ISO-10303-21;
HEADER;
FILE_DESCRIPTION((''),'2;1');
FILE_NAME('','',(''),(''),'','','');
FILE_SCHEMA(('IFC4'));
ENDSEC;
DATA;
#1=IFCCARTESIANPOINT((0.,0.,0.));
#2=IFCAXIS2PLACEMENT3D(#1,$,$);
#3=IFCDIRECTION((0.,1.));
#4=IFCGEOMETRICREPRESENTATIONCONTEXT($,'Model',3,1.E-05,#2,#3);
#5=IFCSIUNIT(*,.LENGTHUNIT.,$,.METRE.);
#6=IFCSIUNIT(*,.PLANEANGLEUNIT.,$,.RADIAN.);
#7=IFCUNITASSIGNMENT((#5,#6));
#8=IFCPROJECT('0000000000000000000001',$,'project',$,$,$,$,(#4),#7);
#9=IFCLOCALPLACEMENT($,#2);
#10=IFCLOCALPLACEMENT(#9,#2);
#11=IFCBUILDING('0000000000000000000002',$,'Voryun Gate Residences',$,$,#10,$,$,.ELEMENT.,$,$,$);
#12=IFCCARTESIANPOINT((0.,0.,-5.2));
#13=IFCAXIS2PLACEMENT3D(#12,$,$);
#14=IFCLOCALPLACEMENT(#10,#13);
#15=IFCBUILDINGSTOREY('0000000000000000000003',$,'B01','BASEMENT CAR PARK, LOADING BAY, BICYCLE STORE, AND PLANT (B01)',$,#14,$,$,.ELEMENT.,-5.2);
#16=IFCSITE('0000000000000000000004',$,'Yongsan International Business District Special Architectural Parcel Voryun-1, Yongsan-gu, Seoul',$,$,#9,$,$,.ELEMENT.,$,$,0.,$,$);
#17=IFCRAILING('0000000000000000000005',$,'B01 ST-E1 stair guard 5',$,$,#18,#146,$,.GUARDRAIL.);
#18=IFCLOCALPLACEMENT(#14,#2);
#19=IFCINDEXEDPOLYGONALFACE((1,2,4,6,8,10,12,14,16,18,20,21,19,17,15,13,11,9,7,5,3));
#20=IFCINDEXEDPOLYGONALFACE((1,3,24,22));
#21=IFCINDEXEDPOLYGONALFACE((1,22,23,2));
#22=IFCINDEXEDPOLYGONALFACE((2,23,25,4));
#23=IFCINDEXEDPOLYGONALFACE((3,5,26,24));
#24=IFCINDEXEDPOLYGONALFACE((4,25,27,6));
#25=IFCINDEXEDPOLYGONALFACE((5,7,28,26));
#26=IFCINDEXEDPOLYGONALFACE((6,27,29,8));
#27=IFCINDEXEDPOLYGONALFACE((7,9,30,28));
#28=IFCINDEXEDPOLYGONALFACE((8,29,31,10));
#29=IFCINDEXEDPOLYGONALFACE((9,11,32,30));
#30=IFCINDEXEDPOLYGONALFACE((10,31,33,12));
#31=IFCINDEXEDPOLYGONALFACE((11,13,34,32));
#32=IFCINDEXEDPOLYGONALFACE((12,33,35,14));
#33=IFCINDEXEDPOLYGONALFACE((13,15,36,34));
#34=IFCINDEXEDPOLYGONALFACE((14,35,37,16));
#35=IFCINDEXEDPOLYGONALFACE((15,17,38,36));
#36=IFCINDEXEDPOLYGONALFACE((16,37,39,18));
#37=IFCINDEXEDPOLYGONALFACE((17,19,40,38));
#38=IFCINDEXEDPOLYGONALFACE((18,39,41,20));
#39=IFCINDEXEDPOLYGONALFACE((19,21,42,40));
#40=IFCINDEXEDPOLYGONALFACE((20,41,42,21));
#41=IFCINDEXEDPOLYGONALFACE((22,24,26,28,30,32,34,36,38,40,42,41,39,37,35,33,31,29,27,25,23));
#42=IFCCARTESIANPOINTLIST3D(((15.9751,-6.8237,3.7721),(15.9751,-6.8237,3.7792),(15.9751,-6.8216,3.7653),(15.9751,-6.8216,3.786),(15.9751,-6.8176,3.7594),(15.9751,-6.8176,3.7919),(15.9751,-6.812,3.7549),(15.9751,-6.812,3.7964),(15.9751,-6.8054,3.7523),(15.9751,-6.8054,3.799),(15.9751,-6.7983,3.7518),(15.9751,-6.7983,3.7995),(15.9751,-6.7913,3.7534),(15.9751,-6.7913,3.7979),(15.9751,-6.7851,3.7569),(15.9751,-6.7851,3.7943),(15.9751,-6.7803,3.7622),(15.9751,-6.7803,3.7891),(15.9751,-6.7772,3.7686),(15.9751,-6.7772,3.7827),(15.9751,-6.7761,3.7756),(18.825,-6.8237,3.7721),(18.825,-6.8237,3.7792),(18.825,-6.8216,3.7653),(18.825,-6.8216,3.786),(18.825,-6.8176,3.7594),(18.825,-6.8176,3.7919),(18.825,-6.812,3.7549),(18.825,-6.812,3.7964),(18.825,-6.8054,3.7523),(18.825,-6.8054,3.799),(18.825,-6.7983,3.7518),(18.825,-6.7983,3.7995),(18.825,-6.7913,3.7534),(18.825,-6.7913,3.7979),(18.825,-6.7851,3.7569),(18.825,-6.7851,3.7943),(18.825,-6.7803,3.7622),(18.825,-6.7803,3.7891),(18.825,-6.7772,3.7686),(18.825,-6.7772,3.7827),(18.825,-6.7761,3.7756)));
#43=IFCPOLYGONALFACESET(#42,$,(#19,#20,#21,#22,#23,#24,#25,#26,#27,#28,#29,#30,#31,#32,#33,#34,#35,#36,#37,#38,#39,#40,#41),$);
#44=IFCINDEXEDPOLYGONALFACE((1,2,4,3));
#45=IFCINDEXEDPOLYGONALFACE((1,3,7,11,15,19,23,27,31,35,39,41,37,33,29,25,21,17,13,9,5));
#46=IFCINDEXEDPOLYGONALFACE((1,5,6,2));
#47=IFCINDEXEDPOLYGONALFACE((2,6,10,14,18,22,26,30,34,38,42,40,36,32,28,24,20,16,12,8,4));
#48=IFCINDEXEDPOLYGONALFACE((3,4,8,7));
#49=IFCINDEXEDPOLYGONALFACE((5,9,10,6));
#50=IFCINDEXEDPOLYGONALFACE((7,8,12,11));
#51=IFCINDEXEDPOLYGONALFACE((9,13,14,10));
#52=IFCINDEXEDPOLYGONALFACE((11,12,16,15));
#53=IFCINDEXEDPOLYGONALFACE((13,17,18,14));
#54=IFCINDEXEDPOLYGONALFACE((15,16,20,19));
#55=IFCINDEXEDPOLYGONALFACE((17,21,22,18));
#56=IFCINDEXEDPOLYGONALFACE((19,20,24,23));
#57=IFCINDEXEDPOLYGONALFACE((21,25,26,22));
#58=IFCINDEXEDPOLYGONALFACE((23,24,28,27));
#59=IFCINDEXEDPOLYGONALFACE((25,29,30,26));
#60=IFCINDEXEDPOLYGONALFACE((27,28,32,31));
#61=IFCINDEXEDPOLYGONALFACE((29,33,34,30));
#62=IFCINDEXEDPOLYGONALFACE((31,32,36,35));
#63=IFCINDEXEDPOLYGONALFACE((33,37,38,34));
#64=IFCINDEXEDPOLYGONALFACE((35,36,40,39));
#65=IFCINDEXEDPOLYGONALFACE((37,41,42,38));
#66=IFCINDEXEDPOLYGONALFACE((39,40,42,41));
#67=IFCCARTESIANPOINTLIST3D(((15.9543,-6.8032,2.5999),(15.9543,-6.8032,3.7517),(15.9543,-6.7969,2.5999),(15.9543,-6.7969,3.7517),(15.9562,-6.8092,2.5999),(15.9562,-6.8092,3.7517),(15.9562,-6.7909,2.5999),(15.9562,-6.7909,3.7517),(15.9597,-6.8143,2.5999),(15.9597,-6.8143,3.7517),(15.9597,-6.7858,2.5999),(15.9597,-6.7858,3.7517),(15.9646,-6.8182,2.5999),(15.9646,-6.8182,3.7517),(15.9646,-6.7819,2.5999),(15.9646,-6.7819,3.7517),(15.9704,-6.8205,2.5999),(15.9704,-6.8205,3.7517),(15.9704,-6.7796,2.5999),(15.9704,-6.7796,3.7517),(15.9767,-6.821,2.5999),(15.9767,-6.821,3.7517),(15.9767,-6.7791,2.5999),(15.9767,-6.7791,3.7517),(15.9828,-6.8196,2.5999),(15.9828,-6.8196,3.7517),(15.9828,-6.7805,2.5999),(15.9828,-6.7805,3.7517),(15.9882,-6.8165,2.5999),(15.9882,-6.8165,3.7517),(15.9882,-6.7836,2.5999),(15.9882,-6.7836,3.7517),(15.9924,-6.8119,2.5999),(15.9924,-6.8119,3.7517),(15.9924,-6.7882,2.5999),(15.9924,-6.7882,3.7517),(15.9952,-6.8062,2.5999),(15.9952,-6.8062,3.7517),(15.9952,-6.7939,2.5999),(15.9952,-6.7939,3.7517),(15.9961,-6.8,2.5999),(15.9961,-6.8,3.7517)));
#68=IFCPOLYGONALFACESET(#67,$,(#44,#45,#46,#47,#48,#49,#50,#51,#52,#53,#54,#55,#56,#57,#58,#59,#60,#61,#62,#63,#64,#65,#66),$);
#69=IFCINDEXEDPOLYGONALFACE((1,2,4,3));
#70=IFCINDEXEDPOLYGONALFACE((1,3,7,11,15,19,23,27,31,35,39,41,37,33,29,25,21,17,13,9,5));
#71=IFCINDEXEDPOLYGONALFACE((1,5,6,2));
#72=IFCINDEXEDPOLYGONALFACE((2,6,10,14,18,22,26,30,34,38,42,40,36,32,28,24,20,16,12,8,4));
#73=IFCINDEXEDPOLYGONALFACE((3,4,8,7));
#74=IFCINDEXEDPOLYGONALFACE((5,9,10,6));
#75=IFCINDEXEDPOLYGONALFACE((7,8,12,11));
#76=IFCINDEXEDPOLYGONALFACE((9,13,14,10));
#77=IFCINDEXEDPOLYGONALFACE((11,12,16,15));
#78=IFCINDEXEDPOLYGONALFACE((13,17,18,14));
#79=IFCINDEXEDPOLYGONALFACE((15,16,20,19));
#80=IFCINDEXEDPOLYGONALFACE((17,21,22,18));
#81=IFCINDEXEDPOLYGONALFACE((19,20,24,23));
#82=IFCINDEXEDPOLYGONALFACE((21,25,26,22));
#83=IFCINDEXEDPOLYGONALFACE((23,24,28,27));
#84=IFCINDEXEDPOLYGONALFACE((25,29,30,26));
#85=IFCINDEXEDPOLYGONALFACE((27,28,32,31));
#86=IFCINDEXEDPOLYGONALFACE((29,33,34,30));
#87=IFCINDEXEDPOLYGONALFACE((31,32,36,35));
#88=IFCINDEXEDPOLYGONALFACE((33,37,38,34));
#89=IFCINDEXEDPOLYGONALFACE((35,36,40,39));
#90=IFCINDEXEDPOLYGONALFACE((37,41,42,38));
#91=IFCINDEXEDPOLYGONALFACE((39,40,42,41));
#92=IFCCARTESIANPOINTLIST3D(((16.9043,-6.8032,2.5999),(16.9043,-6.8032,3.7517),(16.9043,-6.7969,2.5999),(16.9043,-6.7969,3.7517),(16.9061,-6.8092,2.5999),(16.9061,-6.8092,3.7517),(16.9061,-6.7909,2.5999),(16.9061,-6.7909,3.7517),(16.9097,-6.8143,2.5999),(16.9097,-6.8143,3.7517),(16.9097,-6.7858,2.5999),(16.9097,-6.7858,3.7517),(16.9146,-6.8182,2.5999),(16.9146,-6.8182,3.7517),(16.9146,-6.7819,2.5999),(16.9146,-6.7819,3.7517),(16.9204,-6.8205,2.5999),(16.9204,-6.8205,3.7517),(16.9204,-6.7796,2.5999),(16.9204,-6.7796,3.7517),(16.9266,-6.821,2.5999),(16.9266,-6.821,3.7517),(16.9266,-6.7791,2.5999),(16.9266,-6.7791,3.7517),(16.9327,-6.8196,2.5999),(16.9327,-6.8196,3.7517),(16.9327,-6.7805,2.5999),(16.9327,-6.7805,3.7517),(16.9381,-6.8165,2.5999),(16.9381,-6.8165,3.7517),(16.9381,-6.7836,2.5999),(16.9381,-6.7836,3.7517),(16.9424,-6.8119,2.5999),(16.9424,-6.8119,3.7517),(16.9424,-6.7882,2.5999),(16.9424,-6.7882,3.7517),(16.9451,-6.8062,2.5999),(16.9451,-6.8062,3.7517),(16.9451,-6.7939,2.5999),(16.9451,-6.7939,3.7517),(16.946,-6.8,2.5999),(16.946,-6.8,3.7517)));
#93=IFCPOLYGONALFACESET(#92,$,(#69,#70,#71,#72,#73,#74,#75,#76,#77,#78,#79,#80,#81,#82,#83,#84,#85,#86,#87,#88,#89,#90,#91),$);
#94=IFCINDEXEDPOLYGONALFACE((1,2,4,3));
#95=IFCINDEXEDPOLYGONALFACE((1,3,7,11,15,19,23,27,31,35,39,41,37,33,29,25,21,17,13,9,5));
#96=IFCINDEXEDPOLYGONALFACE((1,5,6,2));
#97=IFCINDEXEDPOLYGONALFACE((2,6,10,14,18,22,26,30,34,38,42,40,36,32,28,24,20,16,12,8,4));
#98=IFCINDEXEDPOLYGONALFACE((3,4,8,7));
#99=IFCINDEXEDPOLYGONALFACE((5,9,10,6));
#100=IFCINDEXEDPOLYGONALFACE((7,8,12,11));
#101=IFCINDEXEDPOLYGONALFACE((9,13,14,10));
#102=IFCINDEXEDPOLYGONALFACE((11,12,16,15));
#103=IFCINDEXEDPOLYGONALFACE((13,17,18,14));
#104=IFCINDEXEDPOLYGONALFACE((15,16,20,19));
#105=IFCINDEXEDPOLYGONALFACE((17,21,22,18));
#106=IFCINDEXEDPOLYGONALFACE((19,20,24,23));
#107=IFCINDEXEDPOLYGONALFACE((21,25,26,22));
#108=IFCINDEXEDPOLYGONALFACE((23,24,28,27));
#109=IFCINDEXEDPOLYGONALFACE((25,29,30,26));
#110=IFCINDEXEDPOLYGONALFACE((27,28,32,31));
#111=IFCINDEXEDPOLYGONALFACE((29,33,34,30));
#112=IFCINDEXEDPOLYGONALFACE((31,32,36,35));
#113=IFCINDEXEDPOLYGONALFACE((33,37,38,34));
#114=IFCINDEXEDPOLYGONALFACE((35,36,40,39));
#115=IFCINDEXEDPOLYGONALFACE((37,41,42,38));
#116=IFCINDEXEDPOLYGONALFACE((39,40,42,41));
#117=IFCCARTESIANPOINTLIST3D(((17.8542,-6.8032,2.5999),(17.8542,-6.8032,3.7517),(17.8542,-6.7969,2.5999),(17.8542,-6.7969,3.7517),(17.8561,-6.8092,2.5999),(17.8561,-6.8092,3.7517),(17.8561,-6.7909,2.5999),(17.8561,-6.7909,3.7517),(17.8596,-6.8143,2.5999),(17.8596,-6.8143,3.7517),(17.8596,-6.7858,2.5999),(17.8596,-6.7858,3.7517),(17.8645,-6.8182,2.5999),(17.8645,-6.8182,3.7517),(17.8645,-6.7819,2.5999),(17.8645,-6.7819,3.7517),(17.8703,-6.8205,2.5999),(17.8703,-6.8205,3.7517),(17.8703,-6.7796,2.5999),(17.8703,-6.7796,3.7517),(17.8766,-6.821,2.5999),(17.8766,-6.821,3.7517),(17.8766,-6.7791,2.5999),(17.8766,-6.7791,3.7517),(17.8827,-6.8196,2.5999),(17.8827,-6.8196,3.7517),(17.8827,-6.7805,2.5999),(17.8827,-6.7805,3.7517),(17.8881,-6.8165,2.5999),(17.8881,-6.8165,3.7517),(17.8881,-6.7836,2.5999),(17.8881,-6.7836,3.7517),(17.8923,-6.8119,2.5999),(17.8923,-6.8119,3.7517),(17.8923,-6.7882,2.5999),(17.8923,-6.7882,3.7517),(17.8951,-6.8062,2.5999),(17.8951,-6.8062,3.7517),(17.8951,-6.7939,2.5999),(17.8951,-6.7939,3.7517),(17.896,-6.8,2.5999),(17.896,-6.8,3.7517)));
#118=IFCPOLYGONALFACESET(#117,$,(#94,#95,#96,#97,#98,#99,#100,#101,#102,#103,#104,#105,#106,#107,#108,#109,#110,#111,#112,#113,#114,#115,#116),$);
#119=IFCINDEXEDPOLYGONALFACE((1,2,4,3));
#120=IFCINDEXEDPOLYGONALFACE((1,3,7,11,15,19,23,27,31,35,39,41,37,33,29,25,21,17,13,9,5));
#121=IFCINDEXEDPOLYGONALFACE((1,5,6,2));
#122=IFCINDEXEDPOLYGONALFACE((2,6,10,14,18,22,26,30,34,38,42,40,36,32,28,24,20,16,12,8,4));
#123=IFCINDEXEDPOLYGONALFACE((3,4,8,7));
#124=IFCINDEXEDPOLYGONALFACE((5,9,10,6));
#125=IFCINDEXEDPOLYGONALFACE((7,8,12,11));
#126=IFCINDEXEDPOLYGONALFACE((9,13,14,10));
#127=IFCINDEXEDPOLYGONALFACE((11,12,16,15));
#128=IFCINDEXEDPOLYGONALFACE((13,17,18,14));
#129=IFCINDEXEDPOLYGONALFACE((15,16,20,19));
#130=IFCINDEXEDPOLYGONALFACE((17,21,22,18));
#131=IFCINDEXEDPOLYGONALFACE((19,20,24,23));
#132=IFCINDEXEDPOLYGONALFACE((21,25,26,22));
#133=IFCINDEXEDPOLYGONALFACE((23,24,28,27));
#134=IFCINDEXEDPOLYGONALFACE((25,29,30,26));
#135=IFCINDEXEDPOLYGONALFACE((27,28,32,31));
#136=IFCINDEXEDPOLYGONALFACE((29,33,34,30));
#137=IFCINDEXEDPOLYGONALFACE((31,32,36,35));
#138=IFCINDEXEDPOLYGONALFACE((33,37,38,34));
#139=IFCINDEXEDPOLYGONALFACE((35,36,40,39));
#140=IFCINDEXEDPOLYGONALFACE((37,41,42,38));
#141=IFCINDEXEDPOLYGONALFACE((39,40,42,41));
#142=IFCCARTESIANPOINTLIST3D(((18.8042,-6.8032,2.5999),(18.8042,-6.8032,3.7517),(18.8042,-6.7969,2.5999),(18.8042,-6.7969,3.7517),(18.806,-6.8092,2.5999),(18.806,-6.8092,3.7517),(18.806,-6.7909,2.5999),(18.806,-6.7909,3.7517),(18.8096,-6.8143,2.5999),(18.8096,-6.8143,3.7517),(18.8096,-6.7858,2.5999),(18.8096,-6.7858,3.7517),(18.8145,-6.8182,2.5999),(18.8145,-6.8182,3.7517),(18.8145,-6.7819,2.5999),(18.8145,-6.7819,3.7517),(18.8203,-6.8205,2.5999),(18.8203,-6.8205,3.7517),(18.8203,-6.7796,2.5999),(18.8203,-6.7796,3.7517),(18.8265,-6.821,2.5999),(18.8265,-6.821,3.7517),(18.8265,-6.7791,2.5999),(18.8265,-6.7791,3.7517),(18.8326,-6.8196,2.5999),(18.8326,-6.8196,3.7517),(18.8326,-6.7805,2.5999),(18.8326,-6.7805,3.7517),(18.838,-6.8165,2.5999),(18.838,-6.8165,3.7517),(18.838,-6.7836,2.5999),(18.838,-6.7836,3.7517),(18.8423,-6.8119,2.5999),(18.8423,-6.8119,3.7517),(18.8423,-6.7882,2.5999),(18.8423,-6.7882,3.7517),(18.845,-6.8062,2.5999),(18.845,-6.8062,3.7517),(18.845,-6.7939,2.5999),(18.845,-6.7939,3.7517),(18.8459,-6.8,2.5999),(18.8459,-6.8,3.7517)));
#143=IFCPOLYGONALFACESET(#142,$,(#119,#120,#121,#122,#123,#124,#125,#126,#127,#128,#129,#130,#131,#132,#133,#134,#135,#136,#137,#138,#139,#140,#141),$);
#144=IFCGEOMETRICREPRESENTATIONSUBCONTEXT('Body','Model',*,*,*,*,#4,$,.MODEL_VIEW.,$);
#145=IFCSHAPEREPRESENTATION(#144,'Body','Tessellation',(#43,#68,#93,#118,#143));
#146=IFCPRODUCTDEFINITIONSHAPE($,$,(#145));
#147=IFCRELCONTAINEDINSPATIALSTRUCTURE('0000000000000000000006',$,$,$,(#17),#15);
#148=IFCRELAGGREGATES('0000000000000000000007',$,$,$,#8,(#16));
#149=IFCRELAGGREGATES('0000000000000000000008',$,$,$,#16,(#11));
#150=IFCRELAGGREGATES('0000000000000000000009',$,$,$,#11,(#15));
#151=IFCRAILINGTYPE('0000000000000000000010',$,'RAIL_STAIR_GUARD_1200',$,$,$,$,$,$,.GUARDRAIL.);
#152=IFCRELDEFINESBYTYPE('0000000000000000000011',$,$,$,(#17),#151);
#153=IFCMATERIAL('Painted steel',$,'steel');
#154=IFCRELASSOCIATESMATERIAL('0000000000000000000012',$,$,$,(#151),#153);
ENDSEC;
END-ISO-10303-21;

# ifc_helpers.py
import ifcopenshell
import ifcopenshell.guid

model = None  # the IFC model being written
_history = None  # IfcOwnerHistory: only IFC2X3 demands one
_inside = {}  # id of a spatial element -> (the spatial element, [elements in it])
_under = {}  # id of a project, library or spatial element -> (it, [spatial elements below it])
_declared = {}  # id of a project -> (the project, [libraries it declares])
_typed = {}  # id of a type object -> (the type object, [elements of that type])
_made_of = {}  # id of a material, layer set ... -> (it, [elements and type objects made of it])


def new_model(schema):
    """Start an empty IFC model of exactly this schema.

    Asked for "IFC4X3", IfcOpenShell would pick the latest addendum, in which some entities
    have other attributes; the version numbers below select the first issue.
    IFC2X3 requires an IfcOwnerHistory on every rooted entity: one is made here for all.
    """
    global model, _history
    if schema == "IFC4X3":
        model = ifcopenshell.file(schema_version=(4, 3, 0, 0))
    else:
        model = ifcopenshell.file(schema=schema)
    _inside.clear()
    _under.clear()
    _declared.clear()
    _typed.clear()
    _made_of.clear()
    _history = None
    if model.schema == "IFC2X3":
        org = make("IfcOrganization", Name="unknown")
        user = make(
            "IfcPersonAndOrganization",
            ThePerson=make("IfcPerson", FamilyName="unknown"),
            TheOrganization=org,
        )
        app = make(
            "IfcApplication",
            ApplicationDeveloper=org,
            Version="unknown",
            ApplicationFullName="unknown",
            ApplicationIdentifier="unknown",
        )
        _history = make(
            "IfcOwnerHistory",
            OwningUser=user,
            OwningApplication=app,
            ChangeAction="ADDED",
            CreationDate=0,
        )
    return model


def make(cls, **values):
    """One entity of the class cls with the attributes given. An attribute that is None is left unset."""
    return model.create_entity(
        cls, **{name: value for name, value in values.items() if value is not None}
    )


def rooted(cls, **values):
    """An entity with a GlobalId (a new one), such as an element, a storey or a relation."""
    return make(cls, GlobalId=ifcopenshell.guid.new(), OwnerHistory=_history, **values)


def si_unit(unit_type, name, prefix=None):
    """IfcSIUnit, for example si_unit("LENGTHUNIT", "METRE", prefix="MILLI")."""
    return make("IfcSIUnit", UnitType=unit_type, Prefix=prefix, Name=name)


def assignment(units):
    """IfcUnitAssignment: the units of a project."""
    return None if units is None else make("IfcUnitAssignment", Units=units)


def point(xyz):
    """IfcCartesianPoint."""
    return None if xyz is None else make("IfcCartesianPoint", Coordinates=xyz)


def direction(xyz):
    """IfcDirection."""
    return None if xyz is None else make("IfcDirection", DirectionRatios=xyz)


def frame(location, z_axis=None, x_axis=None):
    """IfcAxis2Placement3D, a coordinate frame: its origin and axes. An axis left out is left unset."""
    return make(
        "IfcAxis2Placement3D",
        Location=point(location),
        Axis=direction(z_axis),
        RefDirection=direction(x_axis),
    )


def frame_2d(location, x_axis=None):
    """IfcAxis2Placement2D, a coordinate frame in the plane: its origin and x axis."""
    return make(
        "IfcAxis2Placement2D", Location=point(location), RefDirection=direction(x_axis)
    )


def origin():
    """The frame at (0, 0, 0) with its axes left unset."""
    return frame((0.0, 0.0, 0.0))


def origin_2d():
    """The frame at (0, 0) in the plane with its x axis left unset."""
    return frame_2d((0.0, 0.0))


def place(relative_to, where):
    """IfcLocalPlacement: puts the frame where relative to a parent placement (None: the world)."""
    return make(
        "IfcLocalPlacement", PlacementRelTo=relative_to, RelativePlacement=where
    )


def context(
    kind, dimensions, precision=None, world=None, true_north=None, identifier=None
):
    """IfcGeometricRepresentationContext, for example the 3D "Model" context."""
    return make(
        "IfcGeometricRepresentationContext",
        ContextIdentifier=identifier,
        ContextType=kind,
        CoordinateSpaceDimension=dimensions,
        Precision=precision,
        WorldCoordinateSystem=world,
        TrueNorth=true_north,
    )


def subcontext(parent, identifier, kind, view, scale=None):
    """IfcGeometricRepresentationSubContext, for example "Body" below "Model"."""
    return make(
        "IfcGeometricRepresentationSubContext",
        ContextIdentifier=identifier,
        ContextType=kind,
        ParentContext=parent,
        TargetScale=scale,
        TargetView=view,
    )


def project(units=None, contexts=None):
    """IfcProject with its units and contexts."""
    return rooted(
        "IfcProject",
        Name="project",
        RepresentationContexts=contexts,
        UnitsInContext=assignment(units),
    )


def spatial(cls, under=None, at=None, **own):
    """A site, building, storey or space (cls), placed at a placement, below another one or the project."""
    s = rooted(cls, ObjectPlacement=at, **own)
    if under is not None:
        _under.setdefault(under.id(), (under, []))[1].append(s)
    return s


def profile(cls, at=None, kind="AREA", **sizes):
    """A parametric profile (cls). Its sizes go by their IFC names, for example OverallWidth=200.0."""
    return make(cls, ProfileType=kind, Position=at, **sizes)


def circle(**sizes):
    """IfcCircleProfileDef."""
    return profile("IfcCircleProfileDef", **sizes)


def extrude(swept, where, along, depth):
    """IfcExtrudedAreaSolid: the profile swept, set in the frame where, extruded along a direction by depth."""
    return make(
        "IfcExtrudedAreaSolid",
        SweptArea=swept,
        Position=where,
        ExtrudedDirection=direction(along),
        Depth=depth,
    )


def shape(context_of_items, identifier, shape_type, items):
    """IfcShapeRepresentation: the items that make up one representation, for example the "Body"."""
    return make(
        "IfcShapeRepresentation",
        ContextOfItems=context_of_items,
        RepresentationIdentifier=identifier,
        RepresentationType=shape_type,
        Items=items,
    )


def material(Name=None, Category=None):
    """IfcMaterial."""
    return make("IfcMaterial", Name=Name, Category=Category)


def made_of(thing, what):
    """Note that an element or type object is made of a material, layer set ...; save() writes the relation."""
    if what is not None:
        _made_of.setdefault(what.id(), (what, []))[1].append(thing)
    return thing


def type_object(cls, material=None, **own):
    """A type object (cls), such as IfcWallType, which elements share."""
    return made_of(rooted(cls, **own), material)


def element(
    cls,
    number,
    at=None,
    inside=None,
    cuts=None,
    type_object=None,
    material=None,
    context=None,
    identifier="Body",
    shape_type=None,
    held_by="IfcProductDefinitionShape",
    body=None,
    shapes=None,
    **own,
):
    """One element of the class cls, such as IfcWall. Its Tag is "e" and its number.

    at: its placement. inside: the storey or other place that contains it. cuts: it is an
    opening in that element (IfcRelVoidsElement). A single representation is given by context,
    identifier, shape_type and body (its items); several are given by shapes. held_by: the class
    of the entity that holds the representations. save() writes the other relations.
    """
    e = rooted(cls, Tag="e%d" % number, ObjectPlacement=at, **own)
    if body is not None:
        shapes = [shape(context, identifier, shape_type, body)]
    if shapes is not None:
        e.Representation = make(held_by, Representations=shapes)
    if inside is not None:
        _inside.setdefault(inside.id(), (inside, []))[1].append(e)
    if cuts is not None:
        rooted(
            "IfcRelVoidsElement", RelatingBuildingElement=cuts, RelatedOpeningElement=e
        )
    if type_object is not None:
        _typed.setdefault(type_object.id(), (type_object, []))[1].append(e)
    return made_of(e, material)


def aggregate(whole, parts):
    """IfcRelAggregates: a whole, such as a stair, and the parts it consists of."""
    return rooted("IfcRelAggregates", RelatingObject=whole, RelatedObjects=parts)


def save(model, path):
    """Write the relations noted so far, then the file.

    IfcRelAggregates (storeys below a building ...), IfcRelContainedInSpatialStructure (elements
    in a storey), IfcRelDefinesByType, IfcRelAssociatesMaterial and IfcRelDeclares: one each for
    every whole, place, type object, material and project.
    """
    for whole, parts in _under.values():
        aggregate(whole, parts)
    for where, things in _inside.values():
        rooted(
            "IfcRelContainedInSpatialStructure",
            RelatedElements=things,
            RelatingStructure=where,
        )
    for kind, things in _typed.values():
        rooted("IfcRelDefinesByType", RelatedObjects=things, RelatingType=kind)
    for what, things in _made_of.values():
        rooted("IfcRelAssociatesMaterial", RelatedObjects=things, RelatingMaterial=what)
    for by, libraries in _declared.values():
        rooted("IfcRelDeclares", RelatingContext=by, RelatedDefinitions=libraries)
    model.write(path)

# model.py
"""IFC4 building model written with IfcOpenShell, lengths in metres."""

from ifc_helpers import new_model, si_unit, direction, frame, origin, origin_2d, place, context, subcontext, project, spatial, circle, extrude, material, type_object, element, save


model = new_model("IFC4")

# Units and contexts
model_context = context("Model", 3, precision=1e-05, world=origin(), true_north=direction((0.0, 1.0)))
body_context = subcontext(model_context, "Body", "Model", "MODEL_VIEW")
ifc_project = project(units=[si_unit("LENGTHUNIT", "METRE"), si_unit("PLANEANGLEUNIT", "RADIAN")], contexts=[model_context])

# Site, building, storey
site_placement = place(None, origin())
site = spatial("IfcSite", under=ifc_project, at=site_placement, Name="Yongsan International Business District Special Architectural Parcel Voryun-1, Yongsan-gu, Seoul", CompositionType="ELEMENT", RefElevation=0.0)
building_placement = place(site_placement, origin())
building = spatial("IfcBuilding", under=site, at=building_placement, Name="Voryun Gate Residences", CompositionType="ELEMENT")
storey_placement = place(building_placement, frame((0.0, 0.0, -5.2)))
storey = spatial("IfcBuildingStorey", under=building, at=storey_placement, Name="B01", Description="BASEMENT CAR PARK, LOADING BAY, BICYCLE STORE, AND PLANT (B01)", CompositionType="ELEMENT", Elevation=-5.2)

# Railing
ifc_material_1 = material(Name="Painted steel", Category="steel")
railing_type_1 = type_object("IfcRailingType", Name="RAIL_STAIR_GUARD_1200", PredefinedType="GUARDRAIL", material=ifc_material_1)
railing_1_placement = place(storey_placement, frame((15.9751, -6.8, 2.5999)))
element("IfcRailing", 1, at=railing_1_placement, inside=storey, type_object=railing_type_1, Name="B01 ST-E1 stair guard 5", PredefinedType="GUARDRAIL", context=body_context, shape_type="SweptSolid", body=[
    extrude(circle(Radius=0.0239, at=origin_2d()), frame((0.0, 0.0, 1.1758), z_axis=(1.0, 0.0, 0.0), x_axis=(0.0, 1.0, 0.0)), (0.0, 0.0, 1.0), 2.8499),
    extrude(circle(Radius=0.021, at=origin_2d()), origin(), (0.0, 0.0, 1.0), 1.1519),
    extrude(circle(Radius=0.021, at=origin_2d()), frame((0.95, 0.0, 0.0)), (0.0, 0.0, 1.0), 1.1519),
    extrude(circle(Radius=0.021, at=origin_2d()), frame((1.8999, 0.0, 0.0)), (0.0, 0.0, 1.0), 1.1519),
    extrude(circle(Radius=0.021, at=origin_2d()), frame((2.8499, 0.0, 0.0)), (0.0, 0.0, 1.0), 1.1519),
])

save(model, "model.ifc")
